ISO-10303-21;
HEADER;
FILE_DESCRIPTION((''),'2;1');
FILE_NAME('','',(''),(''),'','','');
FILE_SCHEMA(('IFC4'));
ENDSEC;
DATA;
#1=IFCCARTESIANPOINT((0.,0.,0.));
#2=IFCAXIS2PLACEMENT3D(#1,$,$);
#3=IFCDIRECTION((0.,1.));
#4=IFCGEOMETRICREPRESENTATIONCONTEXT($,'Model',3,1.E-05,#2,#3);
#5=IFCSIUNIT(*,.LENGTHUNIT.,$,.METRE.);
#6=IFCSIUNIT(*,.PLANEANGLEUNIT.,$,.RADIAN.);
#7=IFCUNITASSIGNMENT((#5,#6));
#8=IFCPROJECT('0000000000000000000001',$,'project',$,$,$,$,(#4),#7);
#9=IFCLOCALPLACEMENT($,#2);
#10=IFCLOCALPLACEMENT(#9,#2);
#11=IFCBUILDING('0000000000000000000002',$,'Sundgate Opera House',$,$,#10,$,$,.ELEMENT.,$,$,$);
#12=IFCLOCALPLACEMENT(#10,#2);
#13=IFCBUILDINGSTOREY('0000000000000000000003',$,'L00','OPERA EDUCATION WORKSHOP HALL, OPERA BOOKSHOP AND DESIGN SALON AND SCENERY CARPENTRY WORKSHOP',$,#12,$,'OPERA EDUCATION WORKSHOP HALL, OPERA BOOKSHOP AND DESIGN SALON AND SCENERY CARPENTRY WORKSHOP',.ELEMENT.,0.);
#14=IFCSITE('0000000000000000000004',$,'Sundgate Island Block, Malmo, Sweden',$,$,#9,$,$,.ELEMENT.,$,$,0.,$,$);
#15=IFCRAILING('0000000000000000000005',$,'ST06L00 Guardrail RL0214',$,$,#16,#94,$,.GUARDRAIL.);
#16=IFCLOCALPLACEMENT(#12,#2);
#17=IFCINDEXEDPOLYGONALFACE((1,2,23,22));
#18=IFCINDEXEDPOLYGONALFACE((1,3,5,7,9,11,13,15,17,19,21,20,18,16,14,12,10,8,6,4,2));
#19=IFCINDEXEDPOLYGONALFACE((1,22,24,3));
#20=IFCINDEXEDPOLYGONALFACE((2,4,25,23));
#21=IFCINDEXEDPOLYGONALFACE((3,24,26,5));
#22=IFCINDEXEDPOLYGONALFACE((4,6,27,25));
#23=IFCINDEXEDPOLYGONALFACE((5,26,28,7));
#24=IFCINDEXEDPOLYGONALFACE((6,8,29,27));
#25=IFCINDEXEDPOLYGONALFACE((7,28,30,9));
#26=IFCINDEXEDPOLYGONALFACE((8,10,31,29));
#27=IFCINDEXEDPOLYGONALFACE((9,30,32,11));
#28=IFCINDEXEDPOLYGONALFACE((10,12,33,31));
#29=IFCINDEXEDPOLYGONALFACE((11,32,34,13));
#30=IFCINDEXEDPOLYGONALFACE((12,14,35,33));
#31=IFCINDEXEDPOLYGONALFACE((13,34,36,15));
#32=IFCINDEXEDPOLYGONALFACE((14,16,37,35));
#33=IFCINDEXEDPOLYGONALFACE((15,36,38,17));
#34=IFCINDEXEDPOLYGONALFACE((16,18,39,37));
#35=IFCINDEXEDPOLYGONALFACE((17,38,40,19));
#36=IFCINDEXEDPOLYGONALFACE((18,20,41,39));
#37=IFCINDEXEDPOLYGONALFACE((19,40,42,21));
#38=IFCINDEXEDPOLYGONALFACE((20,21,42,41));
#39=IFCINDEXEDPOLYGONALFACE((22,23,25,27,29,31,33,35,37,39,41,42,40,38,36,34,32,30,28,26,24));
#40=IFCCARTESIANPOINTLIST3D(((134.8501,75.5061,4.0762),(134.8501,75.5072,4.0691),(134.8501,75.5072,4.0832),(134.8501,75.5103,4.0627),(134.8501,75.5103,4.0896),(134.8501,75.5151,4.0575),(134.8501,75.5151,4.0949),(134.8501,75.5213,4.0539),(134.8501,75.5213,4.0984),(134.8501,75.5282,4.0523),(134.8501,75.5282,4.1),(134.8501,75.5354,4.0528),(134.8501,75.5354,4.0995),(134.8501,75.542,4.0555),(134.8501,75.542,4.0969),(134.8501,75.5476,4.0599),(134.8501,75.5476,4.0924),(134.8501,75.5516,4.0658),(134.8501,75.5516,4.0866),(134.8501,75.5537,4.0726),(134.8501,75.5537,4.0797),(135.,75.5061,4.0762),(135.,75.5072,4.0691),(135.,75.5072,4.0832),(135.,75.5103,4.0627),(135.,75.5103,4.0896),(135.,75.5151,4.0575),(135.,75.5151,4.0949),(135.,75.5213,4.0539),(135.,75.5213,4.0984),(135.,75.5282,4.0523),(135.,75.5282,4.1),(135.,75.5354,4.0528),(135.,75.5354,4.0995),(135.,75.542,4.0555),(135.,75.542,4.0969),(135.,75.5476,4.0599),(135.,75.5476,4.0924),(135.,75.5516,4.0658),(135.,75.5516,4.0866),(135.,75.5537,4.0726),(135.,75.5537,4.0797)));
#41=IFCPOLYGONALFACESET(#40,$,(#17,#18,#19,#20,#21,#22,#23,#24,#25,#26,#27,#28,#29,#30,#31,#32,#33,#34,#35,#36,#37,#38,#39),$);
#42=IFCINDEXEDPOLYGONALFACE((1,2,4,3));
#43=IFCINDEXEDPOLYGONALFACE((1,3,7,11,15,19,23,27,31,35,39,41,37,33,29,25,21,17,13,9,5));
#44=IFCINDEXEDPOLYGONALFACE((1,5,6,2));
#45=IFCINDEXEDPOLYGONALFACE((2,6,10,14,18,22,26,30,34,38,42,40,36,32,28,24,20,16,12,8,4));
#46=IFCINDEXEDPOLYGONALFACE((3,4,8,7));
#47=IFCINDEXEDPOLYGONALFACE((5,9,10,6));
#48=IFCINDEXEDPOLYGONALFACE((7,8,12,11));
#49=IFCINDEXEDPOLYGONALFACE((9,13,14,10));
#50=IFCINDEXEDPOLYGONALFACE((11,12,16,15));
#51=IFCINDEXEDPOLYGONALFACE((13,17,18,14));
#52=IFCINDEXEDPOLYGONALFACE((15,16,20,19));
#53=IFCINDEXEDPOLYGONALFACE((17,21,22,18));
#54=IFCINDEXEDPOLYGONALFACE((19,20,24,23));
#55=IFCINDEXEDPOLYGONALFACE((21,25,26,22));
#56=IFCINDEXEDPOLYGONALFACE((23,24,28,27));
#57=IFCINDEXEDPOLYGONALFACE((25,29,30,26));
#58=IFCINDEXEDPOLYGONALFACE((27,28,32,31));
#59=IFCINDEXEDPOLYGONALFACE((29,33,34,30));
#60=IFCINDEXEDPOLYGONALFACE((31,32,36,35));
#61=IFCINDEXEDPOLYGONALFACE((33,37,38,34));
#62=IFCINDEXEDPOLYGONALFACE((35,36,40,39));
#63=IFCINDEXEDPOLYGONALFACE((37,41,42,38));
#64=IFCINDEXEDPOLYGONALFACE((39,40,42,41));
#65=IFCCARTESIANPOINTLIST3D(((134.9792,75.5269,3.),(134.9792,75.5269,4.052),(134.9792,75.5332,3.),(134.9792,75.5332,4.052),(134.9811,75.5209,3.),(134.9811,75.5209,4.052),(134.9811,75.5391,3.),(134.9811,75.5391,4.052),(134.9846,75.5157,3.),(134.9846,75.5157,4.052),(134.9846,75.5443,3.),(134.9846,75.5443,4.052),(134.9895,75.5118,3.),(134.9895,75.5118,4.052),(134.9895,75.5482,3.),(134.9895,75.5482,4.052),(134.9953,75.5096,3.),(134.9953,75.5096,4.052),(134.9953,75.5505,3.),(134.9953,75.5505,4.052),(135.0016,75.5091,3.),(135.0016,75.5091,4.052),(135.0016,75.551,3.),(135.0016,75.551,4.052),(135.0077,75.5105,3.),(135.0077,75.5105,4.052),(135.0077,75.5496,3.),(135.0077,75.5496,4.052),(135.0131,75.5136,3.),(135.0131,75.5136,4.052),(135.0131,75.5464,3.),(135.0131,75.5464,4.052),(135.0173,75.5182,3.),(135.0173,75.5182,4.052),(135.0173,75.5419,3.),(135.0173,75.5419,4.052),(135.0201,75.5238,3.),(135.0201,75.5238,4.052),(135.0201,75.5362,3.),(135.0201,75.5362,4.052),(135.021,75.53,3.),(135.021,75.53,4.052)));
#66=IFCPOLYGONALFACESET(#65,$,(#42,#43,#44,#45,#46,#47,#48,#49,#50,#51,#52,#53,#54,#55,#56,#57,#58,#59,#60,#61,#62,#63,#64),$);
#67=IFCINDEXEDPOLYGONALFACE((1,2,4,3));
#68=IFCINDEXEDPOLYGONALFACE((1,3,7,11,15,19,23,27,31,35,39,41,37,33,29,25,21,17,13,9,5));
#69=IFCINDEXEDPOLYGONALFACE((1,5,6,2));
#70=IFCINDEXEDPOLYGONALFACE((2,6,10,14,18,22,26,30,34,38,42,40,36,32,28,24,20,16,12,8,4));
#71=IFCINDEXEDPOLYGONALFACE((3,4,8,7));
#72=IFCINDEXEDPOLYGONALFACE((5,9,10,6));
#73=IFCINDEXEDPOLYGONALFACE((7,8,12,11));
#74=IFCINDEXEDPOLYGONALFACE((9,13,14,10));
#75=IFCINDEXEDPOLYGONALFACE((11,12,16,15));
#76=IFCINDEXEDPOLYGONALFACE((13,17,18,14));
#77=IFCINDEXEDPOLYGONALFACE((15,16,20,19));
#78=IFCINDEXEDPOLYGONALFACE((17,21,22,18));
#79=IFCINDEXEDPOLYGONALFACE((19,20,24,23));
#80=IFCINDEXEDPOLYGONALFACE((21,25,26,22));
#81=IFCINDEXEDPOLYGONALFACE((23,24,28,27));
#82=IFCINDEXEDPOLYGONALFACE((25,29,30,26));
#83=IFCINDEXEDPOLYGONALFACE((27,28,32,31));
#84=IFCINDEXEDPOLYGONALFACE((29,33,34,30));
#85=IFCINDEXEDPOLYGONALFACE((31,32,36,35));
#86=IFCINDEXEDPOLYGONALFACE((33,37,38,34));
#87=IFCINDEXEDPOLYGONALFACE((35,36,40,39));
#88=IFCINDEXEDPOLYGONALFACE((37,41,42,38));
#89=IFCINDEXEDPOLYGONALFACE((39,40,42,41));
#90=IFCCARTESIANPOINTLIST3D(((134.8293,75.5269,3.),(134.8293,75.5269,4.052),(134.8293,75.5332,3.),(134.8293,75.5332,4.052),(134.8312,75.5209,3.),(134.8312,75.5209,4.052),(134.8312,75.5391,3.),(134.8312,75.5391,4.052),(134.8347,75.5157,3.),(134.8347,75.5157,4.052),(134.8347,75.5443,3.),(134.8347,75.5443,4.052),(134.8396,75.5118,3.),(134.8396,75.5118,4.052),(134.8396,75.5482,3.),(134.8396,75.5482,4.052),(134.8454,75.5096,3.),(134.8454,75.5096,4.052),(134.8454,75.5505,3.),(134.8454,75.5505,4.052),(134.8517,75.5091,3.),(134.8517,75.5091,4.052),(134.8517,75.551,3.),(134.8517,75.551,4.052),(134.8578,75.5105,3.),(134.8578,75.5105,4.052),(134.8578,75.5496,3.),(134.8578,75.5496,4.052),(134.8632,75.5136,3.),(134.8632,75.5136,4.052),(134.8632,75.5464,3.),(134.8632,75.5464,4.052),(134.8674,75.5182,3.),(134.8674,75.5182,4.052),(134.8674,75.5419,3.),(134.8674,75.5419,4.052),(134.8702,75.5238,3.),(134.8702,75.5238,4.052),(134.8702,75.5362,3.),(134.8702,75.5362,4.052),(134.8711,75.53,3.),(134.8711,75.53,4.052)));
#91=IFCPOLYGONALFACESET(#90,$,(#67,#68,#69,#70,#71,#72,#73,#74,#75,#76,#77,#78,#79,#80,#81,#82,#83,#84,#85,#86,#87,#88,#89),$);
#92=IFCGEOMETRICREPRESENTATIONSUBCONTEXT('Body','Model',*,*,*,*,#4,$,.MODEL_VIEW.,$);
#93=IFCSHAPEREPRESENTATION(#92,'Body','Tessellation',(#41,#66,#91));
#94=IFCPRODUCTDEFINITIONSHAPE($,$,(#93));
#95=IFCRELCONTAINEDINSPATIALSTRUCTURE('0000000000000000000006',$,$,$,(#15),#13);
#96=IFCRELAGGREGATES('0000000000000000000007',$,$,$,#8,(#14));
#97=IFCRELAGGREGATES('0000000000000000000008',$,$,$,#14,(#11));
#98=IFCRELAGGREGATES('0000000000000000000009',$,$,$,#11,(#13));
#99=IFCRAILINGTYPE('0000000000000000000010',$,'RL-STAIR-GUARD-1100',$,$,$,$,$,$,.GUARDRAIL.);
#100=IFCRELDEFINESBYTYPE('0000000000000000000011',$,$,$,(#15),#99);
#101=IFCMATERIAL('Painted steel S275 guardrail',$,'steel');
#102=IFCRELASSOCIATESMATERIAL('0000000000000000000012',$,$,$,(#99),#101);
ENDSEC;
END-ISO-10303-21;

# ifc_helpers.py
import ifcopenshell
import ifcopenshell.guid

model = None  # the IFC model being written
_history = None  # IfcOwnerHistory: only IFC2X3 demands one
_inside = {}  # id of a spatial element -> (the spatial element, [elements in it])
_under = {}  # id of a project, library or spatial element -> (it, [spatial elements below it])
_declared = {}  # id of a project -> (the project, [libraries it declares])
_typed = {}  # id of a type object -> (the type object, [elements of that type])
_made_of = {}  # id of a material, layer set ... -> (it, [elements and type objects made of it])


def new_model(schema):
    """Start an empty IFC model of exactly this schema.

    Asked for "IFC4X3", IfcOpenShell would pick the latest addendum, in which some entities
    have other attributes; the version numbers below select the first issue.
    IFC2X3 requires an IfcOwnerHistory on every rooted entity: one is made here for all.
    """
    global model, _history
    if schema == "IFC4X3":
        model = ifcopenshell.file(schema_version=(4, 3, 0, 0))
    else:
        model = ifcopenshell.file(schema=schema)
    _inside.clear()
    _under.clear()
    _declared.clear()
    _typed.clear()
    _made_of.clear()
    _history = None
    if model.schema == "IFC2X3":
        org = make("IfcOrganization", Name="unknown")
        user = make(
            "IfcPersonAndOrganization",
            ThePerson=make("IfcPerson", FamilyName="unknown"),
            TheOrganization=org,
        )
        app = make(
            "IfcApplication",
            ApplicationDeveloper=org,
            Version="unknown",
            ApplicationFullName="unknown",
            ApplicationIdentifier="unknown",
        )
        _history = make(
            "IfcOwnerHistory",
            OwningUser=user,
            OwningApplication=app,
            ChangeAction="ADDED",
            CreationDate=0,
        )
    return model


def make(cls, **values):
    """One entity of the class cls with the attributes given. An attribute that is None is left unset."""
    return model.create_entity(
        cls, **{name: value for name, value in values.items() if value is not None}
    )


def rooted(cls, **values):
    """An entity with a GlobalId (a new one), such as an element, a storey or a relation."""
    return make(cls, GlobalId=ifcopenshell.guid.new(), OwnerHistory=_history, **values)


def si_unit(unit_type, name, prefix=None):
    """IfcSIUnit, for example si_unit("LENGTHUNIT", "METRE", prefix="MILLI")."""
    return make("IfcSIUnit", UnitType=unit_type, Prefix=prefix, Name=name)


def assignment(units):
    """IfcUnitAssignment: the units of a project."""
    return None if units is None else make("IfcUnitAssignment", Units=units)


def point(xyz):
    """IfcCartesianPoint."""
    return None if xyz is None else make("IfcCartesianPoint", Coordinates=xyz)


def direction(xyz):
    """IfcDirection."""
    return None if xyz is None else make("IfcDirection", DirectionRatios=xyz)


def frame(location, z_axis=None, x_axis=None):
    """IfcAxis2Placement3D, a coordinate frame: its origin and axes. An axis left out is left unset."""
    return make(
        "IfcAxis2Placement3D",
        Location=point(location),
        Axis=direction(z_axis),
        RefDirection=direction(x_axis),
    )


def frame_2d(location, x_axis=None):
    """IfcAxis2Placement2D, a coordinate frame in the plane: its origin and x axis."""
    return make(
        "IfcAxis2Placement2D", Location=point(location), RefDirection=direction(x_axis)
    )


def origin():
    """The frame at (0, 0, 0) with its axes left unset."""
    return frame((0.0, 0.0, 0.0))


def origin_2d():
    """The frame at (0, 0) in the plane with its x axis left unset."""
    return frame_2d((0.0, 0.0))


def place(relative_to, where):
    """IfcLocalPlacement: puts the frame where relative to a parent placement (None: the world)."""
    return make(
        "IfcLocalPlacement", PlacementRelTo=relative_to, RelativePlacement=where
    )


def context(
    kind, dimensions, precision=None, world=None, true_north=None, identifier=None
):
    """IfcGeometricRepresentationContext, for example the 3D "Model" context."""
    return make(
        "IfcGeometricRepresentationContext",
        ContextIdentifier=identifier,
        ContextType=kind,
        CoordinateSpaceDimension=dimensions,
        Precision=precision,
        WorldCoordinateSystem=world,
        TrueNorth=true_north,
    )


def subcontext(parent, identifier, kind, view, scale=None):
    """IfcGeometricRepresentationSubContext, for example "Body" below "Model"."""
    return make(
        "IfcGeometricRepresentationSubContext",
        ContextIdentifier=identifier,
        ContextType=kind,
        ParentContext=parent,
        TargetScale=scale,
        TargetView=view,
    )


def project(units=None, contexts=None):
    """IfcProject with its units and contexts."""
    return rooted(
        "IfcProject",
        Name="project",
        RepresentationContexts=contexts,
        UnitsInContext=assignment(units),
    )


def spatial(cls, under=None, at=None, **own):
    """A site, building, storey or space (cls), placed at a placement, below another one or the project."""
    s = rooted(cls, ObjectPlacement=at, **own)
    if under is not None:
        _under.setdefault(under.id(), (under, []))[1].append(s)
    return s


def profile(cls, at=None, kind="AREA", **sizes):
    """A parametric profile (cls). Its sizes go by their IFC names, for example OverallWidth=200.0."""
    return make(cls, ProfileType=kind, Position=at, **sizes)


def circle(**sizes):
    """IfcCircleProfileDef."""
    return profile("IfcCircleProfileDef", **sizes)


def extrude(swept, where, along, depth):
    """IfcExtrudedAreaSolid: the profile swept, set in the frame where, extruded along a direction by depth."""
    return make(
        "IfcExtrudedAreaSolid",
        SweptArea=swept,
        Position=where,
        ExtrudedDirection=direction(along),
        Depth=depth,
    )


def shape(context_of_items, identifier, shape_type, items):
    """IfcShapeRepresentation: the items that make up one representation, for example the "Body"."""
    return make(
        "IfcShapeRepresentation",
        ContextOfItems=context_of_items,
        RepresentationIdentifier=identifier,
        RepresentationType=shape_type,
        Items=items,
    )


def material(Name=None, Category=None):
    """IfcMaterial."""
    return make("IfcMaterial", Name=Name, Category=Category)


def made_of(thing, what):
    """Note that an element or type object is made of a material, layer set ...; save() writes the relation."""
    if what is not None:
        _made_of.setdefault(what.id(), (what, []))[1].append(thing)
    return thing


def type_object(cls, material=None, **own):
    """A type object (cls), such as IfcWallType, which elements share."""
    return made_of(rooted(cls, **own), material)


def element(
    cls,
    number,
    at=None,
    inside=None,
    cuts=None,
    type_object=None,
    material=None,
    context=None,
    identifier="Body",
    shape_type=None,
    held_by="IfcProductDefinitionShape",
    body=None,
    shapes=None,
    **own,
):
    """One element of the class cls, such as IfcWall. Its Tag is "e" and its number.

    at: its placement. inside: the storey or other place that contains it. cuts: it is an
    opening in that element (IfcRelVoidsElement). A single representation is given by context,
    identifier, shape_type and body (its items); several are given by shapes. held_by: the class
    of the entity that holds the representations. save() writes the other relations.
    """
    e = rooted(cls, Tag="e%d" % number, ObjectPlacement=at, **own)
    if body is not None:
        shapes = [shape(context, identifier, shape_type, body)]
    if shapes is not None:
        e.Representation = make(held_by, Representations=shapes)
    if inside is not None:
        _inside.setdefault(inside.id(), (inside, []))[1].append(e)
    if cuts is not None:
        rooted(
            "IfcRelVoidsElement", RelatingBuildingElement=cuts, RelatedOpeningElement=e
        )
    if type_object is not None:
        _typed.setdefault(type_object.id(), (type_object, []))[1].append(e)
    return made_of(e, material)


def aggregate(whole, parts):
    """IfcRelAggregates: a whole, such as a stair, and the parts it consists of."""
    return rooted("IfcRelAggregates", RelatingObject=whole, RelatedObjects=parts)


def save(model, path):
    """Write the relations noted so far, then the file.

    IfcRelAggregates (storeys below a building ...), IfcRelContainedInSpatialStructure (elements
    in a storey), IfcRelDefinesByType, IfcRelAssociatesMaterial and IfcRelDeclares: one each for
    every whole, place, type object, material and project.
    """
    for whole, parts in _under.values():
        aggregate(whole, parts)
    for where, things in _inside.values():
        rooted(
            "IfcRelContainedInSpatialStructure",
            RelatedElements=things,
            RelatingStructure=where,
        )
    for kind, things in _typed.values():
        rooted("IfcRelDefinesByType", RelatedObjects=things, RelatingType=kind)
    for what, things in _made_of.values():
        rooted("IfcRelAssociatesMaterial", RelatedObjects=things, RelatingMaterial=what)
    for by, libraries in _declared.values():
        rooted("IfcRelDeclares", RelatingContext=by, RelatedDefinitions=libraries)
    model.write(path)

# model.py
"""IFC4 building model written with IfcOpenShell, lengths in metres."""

from ifc_helpers import new_model, si_unit, direction, frame, origin, origin_2d, place, context, subcontext, project, spatial, circle, extrude, material, type_object, element, save


model = new_model("IFC4")

# Units and contexts
model_context = context("Model", 3, precision=1e-05, world=origin(), true_north=direction((0.0, 1.0)))
body_context = subcontext(model_context, "Body", "Model", "MODEL_VIEW")
ifc_project = project(units=[si_unit("LENGTHUNIT", "METRE"), si_unit("PLANEANGLEUNIT", "RADIAN")], contexts=[model_context])

# Site, building, storey
site_placement = place(None, origin())
site = spatial("IfcSite", under=ifc_project, at=site_placement, Name="Sundgate Island Block, Malmo, Sweden", CompositionType="ELEMENT", RefElevation=0.0)
building_placement = place(site_placement, origin())
building = spatial("IfcBuilding", under=site, at=building_placement, Name="Sundgate Opera House", CompositionType="ELEMENT")
storey_placement = place(building_placement, origin())
storey = spatial("IfcBuildingStorey", under=building, at=storey_placement, Name="L00", Description="OPERA EDUCATION WORKSHOP HALL, OPERA BOOKSHOP AND DESIGN SALON AND SCENERY CARPENTRY WORKSHOP", LongName="OPERA EDUCATION WORKSHOP HALL, OPERA BOOKSHOP AND DESIGN SALON AND SCENERY CARPENTRY WORKSHOP", CompositionType="ELEMENT", Elevation=0.0)

# Railing
ifc_material_1 = material(Name="Painted steel S275 guardrail", Category="steel")
railing_type_1 = type_object("IfcRailingType", Name="RL-STAIR-GUARD-1100", PredefinedType="GUARDRAIL", material=ifc_material_1)
railing_1_placement = place(storey_placement, frame((135.0, 75.53, 3.0)))
element("IfcRailing", 1, at=railing_1_placement, inside=storey, type_object=railing_type_1, Name="ST06L00 Guardrail RL0214", PredefinedType="GUARDRAIL", context=body_context, shape_type="SweptSolid", body=[
    extrude(circle(Radius=0.0239, at=origin_2d()), frame((0.0, 0.0, 1.0762), z_axis=(-1.0, 0.0, 0.0), x_axis=(0.0, -1.0, 0.0)), (0.0, 0.0, 1.0), 0.1499),
    extrude(circle(Radius=0.021, at=origin_2d()), origin(), (0.0, 0.0, 1.0), 1.052),
    extrude(circle(Radius=0.021, at=origin_2d()), frame((-0.1499, 0.0, 0.0)), (0.0, 0.0, 1.0), 1.052),
])

save(model, "model.ifc")
